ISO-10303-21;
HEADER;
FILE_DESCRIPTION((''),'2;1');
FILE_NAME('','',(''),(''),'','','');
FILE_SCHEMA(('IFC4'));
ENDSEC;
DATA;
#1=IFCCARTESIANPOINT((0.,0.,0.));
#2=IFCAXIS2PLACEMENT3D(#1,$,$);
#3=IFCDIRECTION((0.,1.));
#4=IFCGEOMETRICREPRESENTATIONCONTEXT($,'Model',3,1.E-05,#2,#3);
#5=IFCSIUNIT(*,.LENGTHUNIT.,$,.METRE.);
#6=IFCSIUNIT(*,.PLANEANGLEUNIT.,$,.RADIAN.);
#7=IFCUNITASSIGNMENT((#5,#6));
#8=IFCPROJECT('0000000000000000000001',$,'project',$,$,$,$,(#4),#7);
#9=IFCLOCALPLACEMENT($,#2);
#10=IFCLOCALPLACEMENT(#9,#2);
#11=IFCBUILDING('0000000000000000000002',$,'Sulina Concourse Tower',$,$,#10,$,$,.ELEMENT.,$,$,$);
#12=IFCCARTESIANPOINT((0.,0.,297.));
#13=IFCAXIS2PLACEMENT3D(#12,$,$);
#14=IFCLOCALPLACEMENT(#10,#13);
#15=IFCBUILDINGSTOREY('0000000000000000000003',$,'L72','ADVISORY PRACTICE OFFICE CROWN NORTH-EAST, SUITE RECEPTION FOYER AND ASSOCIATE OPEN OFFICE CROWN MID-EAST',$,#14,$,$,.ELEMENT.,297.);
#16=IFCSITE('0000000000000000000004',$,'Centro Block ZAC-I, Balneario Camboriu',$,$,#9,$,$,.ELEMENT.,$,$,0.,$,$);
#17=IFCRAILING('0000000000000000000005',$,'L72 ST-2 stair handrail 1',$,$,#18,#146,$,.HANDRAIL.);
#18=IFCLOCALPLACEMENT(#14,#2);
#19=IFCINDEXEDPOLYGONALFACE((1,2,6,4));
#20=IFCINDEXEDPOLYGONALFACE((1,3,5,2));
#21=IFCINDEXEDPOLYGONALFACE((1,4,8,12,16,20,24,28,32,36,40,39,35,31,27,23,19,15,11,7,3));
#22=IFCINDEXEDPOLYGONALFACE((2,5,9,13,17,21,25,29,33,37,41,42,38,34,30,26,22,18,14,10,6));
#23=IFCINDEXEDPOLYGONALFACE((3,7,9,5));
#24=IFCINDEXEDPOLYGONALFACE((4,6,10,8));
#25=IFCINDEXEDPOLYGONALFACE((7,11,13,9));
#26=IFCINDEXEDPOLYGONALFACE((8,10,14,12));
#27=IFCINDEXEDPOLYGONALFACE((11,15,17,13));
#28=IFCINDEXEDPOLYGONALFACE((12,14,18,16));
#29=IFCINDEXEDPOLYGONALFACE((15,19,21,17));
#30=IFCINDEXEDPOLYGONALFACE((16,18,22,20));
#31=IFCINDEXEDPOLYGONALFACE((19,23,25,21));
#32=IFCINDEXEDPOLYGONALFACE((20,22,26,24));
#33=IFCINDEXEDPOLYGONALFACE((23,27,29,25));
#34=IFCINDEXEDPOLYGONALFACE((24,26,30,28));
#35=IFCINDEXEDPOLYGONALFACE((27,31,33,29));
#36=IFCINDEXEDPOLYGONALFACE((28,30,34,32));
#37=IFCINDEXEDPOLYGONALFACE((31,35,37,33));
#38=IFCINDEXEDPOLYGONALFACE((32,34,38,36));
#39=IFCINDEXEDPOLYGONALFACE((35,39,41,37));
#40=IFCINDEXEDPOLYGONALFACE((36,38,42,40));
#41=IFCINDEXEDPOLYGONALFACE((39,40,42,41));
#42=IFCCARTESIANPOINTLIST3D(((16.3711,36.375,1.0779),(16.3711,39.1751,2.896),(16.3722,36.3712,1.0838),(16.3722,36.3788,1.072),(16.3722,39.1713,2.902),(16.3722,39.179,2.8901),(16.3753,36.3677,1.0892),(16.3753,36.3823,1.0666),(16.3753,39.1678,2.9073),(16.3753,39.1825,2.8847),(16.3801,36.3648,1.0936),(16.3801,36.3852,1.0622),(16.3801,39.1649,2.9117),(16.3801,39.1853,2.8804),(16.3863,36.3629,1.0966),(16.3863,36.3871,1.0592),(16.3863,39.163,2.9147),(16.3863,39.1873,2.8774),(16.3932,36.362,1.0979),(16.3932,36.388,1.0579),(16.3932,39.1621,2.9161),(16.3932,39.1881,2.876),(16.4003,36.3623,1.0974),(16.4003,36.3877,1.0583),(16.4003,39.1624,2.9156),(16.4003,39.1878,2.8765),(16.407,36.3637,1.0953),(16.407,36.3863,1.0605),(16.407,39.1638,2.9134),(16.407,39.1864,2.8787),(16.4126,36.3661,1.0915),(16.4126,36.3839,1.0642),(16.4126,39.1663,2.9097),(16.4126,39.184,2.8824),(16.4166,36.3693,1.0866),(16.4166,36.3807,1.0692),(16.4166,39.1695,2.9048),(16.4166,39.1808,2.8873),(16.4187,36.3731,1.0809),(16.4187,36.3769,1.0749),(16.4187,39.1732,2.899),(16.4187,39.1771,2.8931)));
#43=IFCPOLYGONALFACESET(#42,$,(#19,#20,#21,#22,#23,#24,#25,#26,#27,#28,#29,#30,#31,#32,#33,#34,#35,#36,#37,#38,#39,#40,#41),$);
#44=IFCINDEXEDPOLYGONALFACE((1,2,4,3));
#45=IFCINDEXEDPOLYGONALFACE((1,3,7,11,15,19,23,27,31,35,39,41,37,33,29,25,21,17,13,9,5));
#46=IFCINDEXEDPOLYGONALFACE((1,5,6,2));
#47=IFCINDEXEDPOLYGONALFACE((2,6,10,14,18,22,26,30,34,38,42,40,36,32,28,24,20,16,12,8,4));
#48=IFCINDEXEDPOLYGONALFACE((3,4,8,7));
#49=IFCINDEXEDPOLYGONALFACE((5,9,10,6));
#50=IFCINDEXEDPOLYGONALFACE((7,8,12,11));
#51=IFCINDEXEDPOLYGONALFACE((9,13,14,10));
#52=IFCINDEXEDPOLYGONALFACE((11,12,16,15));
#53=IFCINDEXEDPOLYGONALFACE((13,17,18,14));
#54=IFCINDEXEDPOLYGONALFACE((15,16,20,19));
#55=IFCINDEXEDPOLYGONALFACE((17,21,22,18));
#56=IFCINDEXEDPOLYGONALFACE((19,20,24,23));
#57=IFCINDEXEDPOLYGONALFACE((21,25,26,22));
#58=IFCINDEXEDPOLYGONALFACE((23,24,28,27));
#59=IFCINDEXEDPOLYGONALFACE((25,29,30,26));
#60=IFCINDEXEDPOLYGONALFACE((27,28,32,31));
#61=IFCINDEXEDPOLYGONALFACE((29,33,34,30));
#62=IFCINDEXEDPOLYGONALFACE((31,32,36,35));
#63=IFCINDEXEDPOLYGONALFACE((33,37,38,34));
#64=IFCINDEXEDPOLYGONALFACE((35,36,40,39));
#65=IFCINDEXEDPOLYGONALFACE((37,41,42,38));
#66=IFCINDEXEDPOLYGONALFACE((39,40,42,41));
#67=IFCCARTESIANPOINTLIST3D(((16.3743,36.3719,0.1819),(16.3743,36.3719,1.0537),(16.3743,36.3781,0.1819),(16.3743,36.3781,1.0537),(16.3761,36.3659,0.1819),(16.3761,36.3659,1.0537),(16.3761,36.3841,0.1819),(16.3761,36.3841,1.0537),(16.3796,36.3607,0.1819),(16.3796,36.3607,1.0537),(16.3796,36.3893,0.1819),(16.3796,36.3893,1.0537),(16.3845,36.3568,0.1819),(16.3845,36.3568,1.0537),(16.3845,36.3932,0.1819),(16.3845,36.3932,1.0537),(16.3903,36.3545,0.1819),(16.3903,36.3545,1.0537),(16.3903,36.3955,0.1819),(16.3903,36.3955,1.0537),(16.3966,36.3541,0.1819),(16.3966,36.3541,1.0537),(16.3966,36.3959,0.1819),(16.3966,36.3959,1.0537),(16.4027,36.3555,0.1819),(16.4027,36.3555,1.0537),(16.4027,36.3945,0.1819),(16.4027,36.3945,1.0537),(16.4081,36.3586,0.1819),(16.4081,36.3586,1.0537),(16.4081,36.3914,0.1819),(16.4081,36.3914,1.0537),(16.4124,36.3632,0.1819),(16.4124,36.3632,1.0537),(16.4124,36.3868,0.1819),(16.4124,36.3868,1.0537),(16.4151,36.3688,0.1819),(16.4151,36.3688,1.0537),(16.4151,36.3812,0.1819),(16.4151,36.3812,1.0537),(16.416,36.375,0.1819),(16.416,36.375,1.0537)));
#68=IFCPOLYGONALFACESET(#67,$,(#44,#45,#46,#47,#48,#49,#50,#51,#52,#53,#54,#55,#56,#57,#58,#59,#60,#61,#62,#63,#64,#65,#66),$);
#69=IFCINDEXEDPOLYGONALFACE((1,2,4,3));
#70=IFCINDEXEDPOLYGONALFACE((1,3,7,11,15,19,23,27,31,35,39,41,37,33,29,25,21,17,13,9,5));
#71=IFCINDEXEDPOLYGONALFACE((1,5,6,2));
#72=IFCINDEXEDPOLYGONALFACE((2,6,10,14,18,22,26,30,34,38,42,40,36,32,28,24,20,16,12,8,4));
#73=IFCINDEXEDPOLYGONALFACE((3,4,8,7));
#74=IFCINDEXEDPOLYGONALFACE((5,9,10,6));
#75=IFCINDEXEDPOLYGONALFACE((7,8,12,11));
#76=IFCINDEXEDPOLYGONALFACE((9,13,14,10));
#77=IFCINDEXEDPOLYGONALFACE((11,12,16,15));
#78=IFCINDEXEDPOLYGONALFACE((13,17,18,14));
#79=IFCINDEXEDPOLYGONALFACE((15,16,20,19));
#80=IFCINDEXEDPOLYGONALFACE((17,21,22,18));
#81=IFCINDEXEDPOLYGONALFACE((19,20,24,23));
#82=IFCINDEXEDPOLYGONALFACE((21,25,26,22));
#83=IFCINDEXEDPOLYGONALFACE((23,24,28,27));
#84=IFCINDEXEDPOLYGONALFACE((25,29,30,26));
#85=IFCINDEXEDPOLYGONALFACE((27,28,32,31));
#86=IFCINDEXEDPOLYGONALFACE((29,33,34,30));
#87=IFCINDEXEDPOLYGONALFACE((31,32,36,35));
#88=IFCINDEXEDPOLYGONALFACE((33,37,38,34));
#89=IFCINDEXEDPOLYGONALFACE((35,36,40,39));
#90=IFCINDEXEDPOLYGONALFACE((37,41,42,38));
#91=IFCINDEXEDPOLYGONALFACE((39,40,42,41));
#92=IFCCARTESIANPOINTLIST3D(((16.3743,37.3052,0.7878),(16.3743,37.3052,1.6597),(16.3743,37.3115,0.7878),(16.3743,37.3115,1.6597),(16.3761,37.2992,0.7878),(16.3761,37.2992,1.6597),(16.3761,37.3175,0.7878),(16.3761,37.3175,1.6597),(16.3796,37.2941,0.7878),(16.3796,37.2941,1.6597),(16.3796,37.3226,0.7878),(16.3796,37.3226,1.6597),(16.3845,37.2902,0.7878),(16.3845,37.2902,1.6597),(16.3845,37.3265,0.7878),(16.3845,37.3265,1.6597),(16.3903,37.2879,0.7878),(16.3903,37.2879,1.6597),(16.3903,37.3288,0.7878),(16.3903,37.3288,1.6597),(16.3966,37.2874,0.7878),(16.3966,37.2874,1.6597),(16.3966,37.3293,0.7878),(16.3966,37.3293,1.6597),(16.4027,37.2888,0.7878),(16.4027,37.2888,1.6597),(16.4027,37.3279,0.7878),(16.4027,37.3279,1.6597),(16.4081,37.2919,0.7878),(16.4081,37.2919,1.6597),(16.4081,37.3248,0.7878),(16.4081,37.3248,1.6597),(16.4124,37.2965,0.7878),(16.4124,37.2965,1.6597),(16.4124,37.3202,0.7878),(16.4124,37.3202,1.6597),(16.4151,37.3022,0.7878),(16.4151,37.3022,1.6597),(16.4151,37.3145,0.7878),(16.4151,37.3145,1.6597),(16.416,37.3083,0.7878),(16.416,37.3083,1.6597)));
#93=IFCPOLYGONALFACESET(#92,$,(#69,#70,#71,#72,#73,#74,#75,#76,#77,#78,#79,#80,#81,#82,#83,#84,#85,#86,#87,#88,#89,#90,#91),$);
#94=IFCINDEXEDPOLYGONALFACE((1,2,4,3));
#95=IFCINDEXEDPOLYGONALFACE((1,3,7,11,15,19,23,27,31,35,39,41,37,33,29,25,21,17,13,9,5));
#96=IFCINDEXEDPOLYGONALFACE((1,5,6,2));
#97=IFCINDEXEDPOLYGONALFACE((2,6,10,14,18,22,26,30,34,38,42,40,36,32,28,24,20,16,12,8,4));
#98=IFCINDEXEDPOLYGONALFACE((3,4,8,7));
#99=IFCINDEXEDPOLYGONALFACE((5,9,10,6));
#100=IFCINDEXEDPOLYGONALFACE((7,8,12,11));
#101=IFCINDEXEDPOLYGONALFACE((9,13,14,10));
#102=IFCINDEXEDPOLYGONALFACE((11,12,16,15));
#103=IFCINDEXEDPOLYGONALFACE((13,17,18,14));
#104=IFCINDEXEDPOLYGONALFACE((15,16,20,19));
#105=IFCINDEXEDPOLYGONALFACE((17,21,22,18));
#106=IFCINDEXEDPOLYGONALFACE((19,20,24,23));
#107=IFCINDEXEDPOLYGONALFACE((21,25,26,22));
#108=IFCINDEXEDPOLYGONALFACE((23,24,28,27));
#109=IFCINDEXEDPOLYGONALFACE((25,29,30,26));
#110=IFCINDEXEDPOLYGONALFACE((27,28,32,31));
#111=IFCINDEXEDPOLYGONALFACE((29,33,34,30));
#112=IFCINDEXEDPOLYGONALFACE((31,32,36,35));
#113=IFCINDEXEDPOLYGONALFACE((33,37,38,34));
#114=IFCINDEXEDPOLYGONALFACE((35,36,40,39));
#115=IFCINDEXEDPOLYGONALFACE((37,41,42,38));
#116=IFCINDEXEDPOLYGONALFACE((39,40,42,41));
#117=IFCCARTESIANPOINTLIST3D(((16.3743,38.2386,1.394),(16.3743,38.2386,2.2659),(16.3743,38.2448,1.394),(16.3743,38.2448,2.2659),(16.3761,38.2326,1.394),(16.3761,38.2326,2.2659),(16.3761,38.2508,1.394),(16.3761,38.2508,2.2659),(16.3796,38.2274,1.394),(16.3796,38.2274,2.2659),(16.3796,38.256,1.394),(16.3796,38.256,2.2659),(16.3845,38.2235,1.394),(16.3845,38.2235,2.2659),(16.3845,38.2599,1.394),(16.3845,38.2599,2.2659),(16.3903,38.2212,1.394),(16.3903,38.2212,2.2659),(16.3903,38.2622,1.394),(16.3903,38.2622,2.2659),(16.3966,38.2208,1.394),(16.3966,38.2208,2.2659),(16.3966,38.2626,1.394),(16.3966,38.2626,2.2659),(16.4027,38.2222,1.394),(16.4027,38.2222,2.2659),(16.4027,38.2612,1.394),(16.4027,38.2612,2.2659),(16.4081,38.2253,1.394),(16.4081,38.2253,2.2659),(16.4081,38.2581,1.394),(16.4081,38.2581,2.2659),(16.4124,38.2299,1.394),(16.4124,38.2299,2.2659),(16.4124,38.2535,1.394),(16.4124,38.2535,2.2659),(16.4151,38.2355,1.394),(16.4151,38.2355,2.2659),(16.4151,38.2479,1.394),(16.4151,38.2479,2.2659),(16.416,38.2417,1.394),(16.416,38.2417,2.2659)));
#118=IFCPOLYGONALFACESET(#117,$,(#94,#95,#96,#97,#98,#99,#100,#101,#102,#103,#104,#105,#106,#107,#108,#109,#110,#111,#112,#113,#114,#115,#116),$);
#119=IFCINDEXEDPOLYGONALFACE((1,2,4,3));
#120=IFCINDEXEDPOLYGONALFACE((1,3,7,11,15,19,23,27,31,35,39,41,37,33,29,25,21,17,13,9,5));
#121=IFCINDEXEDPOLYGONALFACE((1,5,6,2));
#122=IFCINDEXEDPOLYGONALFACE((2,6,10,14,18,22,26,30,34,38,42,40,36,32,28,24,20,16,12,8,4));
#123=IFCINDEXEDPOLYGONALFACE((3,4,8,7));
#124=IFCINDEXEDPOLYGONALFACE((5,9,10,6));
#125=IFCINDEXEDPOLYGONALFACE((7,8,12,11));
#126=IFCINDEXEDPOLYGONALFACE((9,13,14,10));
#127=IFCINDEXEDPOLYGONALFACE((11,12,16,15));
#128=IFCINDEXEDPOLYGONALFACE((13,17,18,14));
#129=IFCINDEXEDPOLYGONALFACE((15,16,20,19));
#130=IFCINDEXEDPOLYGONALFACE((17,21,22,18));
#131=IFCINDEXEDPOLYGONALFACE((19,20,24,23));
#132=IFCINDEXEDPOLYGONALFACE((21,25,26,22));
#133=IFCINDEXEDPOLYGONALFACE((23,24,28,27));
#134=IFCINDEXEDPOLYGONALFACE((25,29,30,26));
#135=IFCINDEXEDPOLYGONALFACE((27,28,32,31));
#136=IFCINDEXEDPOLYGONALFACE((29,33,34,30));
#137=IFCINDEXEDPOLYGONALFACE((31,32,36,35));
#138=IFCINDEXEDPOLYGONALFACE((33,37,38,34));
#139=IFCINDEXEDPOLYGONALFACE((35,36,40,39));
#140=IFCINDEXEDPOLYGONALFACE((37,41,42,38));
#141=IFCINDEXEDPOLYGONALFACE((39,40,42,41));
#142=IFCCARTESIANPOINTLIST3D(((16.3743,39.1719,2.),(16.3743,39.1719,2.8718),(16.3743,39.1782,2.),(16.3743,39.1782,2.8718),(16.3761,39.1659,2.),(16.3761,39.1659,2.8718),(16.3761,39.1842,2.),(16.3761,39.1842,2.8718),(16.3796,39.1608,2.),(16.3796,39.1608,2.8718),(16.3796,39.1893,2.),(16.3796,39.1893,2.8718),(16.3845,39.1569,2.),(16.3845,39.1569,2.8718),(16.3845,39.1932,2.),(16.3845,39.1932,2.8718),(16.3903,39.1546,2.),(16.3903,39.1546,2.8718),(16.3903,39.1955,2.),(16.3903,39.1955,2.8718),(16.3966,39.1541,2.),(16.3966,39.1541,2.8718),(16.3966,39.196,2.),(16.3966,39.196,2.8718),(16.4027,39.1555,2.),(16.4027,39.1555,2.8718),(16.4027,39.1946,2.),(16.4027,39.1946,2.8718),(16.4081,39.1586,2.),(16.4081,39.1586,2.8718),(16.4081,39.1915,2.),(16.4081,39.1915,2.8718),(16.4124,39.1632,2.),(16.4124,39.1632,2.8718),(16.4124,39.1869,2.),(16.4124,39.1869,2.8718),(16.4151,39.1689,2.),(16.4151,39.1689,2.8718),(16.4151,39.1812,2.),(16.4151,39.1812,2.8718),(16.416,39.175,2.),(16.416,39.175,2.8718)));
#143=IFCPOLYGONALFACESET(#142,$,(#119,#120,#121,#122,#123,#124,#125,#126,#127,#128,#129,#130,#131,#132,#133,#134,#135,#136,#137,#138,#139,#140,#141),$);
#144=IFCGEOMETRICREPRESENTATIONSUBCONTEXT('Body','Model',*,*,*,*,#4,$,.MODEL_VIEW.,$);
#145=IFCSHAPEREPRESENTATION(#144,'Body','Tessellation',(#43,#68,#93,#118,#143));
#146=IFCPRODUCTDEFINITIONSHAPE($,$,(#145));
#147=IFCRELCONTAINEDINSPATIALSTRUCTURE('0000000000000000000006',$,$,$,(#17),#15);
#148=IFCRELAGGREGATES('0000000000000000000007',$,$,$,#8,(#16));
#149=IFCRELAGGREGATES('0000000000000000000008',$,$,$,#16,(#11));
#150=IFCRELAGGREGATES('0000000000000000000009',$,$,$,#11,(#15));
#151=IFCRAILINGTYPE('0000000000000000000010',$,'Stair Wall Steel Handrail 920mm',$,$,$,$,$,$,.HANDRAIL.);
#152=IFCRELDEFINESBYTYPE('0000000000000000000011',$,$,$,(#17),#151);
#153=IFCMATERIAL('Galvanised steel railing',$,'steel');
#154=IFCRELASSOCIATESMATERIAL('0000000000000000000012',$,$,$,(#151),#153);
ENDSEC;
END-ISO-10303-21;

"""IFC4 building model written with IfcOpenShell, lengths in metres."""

from ifc_helpers import new_model, si_unit, direction, frame, origin, origin_2d, place, context, subcontext, project, spatial, circle, extrude, material, type_object, element, save


model = new_model("IFC4")

# Units and contexts
model_context = context("Model", 3, precision=1e-05, world=origin(), true_north=direction((0.0, 1.0)))
body_context = subcontext(model_context, "Body", "Model", "MODEL_VIEW")
ifc_project = project(units=[si_unit("LENGTHUNIT", "METRE"), si_unit("PLANEANGLEUNIT", "RADIAN")], contexts=[model_context])

# Site, building, storey
site_placement = place(None, origin())
site = spatial("IfcSite", under=ifc_project, at=site_placement, Name="Centro Block ZAC-I, Balneario Camboriu", CompositionType="ELEMENT", RefElevation=0.0)
building_placement = place(site_placement, origin())
building = spatial("IfcBuilding", under=site, at=building_placement, Name="Sulina Concourse Tower", CompositionType="ELEMENT")
storey_placement = place(building_placement, frame((0.0, 0.0, 297.0)))
storey = spatial("IfcBuildingStorey", under=building, at=storey_placement, Name="L72", Description="ADVISORY PRACTICE OFFICE CROWN NORTH-EAST, SUITE RECEPTION FOYER AND ASSOCIATE OPEN OFFICE CROWN MID-EAST", CompositionType="ELEMENT", Elevation=297.0)

# Railing
ifc_material_1 = material(Name="Galvanised steel railing", Category="steel")
railing_type_1 = type_object("IfcRailingType", Name="Stair Wall Steel Handrail 920mm", PredefinedType="HANDRAIL", material=ifc_material_1)
railing_1_placement = place(storey_placement, frame((16.395, 36.375, 0.1819)))
element("IfcRailing", 1, at=railing_1_placement, inside=storey, type_object=railing_type_1, Name="L72 ST-2 stair handrail 1", PredefinedType="HANDRAIL", context=body_context, shape_type="SweptSolid", body=[
    extrude(circle(Radius=0.0239, at=origin_2d()), frame((0.0, 0.0, 0.896), z_axis=(0.0, 0.838706, 0.544585), x_axis=(-1.0, 0.0, 0.0)), (0.0, 0.0, 1.0), 3.3386),
    extrude(circle(Radius=0.021, at=origin_2d()), origin(), (0.0, 0.0, 1.0), 0.8718),
    extrude(circle(Radius=0.021, at=origin_2d()), frame((0.0, 0.9333, 0.606)), (0.0, 0.0, 1.0), 0.8718),
    extrude(circle(Radius=0.021, at=origin_2d()), frame((0.0, 1.8667, 1.2122)), (0.0, 0.0, 1.0), 0.8718),
    extrude(circle(Radius=0.021, at=origin_2d()), frame((0.0, 2.8, 1.8181)), (0.0, 0.0, 1.0), 0.8718),
])

save(model, "model.ifc")
